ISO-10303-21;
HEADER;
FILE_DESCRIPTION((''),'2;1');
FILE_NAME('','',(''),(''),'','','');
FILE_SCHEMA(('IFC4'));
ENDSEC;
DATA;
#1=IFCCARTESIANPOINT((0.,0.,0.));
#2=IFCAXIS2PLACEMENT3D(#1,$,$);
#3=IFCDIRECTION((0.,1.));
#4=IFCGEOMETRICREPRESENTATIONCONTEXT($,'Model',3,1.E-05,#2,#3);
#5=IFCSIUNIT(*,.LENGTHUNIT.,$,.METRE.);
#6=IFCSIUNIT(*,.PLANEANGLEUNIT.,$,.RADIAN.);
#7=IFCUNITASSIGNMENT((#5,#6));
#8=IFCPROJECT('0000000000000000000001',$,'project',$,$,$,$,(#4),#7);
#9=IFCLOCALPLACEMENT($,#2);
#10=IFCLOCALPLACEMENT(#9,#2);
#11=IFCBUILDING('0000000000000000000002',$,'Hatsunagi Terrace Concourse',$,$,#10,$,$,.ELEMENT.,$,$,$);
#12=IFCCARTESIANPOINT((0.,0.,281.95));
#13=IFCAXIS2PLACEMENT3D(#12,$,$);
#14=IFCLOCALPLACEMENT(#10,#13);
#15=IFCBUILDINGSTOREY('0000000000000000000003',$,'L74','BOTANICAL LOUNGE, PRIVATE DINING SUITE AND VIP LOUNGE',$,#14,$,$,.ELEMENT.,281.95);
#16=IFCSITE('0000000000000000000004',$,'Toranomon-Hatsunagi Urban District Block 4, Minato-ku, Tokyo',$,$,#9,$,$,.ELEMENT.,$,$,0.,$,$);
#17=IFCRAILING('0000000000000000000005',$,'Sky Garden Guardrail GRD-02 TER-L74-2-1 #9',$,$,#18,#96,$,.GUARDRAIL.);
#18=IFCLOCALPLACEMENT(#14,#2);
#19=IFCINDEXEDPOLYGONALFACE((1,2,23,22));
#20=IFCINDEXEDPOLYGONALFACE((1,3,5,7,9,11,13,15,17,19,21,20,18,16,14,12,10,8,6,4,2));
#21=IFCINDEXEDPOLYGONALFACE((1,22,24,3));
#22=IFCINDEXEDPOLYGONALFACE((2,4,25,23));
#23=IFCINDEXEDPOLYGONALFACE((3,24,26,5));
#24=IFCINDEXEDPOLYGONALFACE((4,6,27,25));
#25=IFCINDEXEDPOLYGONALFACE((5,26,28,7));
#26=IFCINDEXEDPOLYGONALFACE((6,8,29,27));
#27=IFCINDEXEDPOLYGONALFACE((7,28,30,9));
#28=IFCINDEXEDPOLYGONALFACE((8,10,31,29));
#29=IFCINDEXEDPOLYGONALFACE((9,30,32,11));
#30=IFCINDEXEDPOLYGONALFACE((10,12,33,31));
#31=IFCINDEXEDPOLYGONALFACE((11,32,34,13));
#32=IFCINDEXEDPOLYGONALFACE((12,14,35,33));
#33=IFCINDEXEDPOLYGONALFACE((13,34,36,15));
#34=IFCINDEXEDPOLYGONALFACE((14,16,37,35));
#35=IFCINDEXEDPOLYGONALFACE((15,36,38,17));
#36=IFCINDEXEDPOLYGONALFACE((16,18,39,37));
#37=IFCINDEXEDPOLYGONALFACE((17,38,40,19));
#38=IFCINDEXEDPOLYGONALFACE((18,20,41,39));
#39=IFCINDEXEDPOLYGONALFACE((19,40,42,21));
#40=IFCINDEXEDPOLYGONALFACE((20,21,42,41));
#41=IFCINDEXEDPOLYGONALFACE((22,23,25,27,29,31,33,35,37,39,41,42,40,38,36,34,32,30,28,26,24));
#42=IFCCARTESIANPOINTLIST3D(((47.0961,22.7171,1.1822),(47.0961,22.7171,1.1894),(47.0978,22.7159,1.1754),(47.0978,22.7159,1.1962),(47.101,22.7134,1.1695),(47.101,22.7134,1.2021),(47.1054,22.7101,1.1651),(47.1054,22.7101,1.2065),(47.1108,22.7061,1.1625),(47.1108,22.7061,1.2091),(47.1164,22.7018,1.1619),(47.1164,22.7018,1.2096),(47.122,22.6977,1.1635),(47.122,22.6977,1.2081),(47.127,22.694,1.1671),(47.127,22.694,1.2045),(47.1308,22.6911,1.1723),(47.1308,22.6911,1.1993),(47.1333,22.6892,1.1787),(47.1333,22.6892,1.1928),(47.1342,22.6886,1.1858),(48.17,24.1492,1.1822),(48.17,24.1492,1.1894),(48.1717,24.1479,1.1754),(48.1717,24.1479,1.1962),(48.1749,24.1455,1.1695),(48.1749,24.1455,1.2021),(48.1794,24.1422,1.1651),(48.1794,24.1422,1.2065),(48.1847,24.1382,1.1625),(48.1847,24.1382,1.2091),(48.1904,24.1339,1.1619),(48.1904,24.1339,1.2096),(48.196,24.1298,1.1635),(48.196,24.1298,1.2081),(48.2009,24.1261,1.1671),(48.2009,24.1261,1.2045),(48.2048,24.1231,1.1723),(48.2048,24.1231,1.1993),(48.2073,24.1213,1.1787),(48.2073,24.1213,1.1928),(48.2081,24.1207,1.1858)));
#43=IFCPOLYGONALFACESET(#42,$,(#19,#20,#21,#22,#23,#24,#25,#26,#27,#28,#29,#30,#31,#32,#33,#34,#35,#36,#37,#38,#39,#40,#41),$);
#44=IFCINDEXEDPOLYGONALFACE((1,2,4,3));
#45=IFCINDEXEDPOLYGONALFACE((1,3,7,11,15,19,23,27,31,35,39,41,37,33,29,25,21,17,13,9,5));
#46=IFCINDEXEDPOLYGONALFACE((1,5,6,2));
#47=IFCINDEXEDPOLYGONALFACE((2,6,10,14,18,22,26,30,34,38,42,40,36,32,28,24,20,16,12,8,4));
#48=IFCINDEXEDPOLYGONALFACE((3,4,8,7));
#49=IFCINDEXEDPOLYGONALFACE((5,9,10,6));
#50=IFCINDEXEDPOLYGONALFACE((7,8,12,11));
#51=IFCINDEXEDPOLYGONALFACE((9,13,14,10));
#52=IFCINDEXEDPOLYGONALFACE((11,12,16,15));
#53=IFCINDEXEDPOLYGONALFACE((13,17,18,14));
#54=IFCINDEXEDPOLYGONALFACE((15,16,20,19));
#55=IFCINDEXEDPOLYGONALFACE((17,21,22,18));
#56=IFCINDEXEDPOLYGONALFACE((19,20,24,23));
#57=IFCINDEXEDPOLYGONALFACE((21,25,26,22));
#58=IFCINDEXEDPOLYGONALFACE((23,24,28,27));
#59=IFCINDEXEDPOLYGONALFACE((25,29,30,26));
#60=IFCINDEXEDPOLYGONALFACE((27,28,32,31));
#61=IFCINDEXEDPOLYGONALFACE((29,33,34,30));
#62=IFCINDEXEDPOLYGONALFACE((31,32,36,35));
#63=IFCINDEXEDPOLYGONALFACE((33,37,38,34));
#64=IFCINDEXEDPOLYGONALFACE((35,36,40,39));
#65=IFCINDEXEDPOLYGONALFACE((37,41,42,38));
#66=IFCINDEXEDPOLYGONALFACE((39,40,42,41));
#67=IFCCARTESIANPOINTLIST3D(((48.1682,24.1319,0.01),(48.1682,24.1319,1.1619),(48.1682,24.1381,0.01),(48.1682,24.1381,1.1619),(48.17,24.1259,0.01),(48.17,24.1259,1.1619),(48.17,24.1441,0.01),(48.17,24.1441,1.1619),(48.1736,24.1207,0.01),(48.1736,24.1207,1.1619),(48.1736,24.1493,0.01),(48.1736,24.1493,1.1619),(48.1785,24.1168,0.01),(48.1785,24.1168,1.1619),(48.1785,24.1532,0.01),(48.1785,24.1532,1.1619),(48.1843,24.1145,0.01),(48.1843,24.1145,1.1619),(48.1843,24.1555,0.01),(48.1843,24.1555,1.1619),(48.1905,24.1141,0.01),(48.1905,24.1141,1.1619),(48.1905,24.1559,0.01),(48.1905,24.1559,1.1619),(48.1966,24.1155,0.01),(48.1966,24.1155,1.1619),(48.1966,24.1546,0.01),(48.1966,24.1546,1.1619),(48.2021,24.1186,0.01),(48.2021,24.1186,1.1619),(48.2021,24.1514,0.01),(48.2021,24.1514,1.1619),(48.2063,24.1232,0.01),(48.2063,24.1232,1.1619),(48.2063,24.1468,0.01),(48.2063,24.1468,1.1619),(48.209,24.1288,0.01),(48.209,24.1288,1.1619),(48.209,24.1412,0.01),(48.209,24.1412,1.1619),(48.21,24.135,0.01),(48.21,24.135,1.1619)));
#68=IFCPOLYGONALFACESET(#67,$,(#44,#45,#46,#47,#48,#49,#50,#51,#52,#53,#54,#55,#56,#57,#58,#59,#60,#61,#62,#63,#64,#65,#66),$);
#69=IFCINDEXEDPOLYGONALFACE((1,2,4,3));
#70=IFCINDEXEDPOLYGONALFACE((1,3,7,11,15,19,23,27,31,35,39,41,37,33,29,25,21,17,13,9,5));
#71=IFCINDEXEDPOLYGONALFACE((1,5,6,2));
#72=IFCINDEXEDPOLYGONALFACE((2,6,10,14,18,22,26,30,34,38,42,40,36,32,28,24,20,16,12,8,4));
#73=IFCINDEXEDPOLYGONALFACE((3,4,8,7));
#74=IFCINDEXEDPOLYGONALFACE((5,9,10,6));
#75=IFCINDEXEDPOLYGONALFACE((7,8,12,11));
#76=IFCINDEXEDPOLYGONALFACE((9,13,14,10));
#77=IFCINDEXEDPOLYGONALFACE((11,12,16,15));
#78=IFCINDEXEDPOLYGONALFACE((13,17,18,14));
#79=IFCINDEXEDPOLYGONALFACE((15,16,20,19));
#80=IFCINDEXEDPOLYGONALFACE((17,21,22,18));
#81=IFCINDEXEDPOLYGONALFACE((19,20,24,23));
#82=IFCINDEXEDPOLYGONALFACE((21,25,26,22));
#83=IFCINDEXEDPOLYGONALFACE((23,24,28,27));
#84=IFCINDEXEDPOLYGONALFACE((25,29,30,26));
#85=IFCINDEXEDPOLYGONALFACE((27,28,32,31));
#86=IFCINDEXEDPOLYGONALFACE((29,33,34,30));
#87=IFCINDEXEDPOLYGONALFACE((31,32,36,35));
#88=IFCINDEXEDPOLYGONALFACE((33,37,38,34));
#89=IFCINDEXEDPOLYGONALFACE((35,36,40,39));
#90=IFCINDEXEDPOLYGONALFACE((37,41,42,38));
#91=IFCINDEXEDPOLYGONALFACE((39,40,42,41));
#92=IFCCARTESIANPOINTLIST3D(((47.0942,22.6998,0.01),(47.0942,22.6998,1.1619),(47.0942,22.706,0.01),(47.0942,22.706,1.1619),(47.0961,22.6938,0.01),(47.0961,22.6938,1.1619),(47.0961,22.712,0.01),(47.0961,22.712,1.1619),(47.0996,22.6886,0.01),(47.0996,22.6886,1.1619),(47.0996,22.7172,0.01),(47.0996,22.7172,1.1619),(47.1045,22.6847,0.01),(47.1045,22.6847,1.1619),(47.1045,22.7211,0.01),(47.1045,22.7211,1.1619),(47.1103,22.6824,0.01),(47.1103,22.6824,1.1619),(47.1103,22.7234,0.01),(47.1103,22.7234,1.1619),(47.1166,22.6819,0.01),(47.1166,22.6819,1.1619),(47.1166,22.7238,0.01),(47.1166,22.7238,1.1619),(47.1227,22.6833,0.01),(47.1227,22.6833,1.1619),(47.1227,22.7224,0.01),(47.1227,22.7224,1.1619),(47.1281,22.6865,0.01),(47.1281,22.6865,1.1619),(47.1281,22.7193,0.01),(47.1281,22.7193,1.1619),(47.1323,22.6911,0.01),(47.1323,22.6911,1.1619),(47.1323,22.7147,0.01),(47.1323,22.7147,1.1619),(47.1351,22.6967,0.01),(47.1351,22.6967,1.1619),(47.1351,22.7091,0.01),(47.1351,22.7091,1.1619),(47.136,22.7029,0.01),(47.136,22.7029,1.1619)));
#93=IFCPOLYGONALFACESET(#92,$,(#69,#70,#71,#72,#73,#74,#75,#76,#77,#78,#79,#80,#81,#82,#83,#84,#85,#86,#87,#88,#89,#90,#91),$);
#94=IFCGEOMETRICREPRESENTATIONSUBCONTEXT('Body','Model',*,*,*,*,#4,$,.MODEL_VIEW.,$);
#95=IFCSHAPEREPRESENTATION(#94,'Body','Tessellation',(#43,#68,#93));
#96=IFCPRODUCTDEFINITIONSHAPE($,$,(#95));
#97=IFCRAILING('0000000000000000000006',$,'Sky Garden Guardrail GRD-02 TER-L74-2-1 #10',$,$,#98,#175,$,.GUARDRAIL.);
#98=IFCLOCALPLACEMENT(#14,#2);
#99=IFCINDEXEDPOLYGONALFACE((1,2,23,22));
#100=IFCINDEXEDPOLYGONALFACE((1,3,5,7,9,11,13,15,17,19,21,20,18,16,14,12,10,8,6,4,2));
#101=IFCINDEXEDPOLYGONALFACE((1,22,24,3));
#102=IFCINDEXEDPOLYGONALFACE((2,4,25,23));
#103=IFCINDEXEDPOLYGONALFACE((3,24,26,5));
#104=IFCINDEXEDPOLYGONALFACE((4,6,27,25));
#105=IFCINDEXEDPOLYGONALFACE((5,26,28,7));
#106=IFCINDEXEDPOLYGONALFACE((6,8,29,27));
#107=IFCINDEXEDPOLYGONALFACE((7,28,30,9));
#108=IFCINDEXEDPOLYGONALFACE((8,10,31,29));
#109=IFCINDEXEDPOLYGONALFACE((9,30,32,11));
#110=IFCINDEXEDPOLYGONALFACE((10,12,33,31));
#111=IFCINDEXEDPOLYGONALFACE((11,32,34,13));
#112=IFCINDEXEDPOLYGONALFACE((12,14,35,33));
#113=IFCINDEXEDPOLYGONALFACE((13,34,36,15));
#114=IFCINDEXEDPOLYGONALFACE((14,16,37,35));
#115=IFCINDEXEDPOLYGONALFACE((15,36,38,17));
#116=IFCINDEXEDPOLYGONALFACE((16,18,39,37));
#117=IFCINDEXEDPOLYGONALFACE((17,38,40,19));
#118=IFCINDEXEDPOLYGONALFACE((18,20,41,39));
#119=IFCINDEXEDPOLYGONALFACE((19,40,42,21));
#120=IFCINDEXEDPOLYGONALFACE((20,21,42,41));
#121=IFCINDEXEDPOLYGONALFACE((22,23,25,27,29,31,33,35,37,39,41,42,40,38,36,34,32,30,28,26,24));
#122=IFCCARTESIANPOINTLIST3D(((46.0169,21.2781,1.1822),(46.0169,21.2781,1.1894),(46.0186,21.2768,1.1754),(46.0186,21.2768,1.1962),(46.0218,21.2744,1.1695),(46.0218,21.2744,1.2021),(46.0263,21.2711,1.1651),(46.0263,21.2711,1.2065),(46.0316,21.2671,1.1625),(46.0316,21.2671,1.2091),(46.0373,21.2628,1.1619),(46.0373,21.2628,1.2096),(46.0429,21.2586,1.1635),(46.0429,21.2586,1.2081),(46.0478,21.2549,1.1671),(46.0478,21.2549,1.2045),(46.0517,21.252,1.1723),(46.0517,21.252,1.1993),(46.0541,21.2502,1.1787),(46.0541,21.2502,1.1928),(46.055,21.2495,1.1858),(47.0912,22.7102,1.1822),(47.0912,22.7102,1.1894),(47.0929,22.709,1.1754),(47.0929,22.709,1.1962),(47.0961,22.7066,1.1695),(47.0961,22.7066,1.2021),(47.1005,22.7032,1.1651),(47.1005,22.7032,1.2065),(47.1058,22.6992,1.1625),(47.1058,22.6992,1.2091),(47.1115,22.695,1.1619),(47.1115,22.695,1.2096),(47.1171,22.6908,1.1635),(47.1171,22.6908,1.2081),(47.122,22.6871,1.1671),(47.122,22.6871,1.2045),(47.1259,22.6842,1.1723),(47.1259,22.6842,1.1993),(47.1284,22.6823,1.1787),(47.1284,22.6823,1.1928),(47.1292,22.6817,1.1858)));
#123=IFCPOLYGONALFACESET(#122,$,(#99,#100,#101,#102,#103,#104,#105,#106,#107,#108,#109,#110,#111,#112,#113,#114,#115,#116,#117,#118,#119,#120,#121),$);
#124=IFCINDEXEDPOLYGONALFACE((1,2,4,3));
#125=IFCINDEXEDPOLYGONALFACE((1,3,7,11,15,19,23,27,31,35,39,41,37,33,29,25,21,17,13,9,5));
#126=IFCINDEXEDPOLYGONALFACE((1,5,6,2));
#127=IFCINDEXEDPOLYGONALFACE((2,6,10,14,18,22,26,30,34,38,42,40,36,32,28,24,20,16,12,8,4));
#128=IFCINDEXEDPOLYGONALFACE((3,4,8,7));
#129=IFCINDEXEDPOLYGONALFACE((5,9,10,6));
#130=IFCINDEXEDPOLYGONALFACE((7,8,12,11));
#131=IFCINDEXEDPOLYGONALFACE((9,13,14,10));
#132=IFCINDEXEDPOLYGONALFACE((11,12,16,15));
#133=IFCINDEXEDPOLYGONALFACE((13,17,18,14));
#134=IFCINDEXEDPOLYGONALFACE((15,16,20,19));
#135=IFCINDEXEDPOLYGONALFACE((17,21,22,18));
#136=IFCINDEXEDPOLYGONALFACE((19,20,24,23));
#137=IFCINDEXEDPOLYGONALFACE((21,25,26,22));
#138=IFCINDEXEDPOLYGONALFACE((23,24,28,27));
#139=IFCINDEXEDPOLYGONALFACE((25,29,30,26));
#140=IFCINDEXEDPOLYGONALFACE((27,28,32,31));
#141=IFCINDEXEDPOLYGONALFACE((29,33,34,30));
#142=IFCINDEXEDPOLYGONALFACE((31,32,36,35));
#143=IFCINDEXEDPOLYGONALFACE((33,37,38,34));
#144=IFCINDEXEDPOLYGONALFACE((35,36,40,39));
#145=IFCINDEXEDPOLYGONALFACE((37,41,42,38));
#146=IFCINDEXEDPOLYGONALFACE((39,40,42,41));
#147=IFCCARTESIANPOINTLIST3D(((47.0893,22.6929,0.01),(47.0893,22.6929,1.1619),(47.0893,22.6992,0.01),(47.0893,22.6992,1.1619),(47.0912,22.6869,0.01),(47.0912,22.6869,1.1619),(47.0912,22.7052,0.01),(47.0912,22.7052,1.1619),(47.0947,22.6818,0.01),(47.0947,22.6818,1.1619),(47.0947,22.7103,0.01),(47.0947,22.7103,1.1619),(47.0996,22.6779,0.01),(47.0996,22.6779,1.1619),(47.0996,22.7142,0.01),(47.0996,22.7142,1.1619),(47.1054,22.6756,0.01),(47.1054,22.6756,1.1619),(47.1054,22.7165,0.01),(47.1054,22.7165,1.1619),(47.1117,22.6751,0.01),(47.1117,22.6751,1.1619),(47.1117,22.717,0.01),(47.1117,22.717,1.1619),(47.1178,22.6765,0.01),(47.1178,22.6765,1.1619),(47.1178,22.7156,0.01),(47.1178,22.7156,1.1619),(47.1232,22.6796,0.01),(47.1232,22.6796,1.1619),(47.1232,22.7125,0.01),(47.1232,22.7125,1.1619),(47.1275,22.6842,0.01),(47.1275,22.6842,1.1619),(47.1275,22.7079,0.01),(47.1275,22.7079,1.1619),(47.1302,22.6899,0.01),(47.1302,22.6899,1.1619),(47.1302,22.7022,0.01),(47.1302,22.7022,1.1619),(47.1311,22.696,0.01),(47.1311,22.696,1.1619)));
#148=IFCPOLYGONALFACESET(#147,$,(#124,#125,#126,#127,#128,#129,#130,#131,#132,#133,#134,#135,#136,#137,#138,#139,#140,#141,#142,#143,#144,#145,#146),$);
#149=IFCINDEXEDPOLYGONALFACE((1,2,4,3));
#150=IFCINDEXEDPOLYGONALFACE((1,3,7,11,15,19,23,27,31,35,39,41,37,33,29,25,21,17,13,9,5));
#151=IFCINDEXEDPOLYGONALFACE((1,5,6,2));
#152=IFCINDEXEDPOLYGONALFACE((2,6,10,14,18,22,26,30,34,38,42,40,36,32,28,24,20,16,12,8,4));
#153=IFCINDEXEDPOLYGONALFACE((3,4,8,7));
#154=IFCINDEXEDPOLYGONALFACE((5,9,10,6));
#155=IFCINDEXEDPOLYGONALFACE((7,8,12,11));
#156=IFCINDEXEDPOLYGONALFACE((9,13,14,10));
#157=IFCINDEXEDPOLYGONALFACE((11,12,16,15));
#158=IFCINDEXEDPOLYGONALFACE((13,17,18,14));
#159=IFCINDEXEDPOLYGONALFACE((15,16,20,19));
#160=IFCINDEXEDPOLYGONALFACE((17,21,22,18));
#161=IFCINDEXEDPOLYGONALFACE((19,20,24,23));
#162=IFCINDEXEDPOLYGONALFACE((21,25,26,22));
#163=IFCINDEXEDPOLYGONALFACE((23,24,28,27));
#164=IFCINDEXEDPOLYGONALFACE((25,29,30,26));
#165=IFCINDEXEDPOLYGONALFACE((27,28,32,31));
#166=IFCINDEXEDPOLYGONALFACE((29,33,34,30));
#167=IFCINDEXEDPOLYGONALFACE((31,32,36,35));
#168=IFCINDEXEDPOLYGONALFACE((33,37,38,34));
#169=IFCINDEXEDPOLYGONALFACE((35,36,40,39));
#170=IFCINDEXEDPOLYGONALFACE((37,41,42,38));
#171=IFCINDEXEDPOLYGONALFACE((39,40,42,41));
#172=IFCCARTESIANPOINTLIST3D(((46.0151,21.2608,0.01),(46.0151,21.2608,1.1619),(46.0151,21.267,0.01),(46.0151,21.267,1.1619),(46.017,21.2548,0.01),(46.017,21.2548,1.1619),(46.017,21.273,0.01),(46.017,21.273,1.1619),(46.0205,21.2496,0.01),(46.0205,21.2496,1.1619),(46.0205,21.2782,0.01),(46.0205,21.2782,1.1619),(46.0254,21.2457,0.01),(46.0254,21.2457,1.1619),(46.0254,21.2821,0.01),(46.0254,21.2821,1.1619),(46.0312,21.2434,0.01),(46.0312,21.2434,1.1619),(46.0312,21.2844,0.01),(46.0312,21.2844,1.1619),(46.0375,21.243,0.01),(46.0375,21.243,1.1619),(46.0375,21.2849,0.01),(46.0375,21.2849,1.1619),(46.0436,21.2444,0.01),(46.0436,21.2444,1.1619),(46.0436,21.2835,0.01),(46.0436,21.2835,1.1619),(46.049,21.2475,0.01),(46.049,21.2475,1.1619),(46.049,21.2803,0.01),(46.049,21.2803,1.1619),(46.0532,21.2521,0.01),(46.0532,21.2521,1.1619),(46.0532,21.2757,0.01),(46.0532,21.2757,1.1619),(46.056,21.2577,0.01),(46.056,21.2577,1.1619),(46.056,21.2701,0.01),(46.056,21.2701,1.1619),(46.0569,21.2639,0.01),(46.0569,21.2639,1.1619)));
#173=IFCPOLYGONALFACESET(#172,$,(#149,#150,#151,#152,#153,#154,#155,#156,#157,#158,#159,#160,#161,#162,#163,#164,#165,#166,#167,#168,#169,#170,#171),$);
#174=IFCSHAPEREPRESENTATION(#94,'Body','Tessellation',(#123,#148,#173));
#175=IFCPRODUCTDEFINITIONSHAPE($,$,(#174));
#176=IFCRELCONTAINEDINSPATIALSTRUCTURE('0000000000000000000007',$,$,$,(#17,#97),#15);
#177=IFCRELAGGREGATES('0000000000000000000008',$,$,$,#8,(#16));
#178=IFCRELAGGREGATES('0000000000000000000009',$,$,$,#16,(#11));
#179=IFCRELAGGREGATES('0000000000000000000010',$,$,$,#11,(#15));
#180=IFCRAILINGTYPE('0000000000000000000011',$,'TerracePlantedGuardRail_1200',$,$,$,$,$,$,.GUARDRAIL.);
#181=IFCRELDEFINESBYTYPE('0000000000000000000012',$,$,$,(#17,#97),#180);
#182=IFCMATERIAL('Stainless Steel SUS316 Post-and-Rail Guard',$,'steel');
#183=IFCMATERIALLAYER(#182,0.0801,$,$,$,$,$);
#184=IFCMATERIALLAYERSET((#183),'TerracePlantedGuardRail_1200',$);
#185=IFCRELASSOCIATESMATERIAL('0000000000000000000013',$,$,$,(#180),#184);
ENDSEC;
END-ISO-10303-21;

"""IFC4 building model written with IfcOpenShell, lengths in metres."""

from ifc_helpers import new_model, si_unit, direction, frame, origin, origin_2d, place, context, subcontext, project, spatial, circle, extrude, material, layer, layer_set, type_object, element, save


model = new_model("IFC4")

# Units and contexts
model_context = context("Model", 3, precision=1e-05, world=origin(), true_north=direction((0.0, 1.0)))
body_context = subcontext(model_context, "Body", "Model", "MODEL_VIEW")
ifc_project = project(units=[si_unit("LENGTHUNIT", "METRE"), si_unit("PLANEANGLEUNIT", "RADIAN")], contexts=[model_context])

# Site, building, storey
site_placement = place(None, origin())
site = spatial("IfcSite", under=ifc_project, at=site_placement, Name="Toranomon-Hatsunagi Urban District Block 4, Minato-ku, Tokyo", CompositionType="ELEMENT", RefElevation=0.0)
building_placement = place(site_placement, origin())
building = spatial("IfcBuilding", under=site, at=building_placement, Name="Hatsunagi Terrace Concourse", CompositionType="ELEMENT")
storey_placement = place(building_placement, frame((0.0, 0.0, 281.95)))
storey = spatial("IfcBuildingStorey", under=building, at=storey_placement, Name="L74", Description="BOTANICAL LOUNGE, PRIVATE DINING SUITE AND VIP LOUNGE", CompositionType="ELEMENT", Elevation=281.95)

# Railings
ifc_material_1 = material(Name="Stainless Steel SUS316 Post-and-Rail Guard", Category="steel")
ifc_layer_1 = layer(ifc_material_1, 0.0801)
ifc_layer_set_1 = layer_set([ifc_layer_1], Name="TerracePlantedGuardRail_1200")
railing_type = type_object("IfcRailingType", Name="TerracePlantedGuardRail_1200", PredefinedType="GUARDRAIL", material=ifc_layer_set_1)
railing_1_placement = place(storey_placement, frame((48.189, 24.135, 0.01)))
element("IfcRailing", 1, at=railing_1_placement, inside=storey, type_object=railing_type, Name="Sky Garden Guardrail GRD-02 TER-L74-2-1 #9", PredefinedType="GUARDRAIL", context=body_context, shape_type="SweptSolid", body=[
    extrude(circle(Radius=0.0239, at=origin_2d()), frame((0.0, 0.0, 1.1758), z_axis=(-0.599956, -0.800033, 0.0), x_axis=(0.800033, -0.599956, 0.0)), (0.0, 0.0, 1.0), 1.79),
    extrude(circle(Radius=0.021, at=origin_2d()), origin(), (0.0, 0.0, 1.0), 1.1519),
    extrude(circle(Radius=0.021, at=origin_2d()), frame((-1.074, -1.4321, 0.0)), (0.0, 0.0, 1.0), 1.1519),
])
railing_2_placement = place(storey_placement, frame((47.1101, 22.696, 0.01)))
element("IfcRailing", 2, at=railing_2_placement, inside=storey, type_object=railing_type, Name="Sky Garden Guardrail GRD-02 TER-L74-2-1 #10", PredefinedType="GUARDRAIL", context=body_context, shape_type="SweptSolid", body=[
    extrude(circle(Radius=0.0239, at=origin_2d()), frame((0.0, 0.0, 1.1758), z_axis=(-0.600044, -0.799967, 0.0), x_axis=(0.799967, -0.600044, 0.0)), (0.0, 0.0, 1.0), 1.7903),
    extrude(circle(Radius=0.021, at=origin_2d()), origin(), (0.0, 0.0, 1.0), 1.1519),
    extrude(circle(Radius=0.021, at=origin_2d()), frame((-1.0742, -1.4321, 0.0)), (0.0, 0.0, 1.0), 1.1519),
])

save(model, "model.ifc")
